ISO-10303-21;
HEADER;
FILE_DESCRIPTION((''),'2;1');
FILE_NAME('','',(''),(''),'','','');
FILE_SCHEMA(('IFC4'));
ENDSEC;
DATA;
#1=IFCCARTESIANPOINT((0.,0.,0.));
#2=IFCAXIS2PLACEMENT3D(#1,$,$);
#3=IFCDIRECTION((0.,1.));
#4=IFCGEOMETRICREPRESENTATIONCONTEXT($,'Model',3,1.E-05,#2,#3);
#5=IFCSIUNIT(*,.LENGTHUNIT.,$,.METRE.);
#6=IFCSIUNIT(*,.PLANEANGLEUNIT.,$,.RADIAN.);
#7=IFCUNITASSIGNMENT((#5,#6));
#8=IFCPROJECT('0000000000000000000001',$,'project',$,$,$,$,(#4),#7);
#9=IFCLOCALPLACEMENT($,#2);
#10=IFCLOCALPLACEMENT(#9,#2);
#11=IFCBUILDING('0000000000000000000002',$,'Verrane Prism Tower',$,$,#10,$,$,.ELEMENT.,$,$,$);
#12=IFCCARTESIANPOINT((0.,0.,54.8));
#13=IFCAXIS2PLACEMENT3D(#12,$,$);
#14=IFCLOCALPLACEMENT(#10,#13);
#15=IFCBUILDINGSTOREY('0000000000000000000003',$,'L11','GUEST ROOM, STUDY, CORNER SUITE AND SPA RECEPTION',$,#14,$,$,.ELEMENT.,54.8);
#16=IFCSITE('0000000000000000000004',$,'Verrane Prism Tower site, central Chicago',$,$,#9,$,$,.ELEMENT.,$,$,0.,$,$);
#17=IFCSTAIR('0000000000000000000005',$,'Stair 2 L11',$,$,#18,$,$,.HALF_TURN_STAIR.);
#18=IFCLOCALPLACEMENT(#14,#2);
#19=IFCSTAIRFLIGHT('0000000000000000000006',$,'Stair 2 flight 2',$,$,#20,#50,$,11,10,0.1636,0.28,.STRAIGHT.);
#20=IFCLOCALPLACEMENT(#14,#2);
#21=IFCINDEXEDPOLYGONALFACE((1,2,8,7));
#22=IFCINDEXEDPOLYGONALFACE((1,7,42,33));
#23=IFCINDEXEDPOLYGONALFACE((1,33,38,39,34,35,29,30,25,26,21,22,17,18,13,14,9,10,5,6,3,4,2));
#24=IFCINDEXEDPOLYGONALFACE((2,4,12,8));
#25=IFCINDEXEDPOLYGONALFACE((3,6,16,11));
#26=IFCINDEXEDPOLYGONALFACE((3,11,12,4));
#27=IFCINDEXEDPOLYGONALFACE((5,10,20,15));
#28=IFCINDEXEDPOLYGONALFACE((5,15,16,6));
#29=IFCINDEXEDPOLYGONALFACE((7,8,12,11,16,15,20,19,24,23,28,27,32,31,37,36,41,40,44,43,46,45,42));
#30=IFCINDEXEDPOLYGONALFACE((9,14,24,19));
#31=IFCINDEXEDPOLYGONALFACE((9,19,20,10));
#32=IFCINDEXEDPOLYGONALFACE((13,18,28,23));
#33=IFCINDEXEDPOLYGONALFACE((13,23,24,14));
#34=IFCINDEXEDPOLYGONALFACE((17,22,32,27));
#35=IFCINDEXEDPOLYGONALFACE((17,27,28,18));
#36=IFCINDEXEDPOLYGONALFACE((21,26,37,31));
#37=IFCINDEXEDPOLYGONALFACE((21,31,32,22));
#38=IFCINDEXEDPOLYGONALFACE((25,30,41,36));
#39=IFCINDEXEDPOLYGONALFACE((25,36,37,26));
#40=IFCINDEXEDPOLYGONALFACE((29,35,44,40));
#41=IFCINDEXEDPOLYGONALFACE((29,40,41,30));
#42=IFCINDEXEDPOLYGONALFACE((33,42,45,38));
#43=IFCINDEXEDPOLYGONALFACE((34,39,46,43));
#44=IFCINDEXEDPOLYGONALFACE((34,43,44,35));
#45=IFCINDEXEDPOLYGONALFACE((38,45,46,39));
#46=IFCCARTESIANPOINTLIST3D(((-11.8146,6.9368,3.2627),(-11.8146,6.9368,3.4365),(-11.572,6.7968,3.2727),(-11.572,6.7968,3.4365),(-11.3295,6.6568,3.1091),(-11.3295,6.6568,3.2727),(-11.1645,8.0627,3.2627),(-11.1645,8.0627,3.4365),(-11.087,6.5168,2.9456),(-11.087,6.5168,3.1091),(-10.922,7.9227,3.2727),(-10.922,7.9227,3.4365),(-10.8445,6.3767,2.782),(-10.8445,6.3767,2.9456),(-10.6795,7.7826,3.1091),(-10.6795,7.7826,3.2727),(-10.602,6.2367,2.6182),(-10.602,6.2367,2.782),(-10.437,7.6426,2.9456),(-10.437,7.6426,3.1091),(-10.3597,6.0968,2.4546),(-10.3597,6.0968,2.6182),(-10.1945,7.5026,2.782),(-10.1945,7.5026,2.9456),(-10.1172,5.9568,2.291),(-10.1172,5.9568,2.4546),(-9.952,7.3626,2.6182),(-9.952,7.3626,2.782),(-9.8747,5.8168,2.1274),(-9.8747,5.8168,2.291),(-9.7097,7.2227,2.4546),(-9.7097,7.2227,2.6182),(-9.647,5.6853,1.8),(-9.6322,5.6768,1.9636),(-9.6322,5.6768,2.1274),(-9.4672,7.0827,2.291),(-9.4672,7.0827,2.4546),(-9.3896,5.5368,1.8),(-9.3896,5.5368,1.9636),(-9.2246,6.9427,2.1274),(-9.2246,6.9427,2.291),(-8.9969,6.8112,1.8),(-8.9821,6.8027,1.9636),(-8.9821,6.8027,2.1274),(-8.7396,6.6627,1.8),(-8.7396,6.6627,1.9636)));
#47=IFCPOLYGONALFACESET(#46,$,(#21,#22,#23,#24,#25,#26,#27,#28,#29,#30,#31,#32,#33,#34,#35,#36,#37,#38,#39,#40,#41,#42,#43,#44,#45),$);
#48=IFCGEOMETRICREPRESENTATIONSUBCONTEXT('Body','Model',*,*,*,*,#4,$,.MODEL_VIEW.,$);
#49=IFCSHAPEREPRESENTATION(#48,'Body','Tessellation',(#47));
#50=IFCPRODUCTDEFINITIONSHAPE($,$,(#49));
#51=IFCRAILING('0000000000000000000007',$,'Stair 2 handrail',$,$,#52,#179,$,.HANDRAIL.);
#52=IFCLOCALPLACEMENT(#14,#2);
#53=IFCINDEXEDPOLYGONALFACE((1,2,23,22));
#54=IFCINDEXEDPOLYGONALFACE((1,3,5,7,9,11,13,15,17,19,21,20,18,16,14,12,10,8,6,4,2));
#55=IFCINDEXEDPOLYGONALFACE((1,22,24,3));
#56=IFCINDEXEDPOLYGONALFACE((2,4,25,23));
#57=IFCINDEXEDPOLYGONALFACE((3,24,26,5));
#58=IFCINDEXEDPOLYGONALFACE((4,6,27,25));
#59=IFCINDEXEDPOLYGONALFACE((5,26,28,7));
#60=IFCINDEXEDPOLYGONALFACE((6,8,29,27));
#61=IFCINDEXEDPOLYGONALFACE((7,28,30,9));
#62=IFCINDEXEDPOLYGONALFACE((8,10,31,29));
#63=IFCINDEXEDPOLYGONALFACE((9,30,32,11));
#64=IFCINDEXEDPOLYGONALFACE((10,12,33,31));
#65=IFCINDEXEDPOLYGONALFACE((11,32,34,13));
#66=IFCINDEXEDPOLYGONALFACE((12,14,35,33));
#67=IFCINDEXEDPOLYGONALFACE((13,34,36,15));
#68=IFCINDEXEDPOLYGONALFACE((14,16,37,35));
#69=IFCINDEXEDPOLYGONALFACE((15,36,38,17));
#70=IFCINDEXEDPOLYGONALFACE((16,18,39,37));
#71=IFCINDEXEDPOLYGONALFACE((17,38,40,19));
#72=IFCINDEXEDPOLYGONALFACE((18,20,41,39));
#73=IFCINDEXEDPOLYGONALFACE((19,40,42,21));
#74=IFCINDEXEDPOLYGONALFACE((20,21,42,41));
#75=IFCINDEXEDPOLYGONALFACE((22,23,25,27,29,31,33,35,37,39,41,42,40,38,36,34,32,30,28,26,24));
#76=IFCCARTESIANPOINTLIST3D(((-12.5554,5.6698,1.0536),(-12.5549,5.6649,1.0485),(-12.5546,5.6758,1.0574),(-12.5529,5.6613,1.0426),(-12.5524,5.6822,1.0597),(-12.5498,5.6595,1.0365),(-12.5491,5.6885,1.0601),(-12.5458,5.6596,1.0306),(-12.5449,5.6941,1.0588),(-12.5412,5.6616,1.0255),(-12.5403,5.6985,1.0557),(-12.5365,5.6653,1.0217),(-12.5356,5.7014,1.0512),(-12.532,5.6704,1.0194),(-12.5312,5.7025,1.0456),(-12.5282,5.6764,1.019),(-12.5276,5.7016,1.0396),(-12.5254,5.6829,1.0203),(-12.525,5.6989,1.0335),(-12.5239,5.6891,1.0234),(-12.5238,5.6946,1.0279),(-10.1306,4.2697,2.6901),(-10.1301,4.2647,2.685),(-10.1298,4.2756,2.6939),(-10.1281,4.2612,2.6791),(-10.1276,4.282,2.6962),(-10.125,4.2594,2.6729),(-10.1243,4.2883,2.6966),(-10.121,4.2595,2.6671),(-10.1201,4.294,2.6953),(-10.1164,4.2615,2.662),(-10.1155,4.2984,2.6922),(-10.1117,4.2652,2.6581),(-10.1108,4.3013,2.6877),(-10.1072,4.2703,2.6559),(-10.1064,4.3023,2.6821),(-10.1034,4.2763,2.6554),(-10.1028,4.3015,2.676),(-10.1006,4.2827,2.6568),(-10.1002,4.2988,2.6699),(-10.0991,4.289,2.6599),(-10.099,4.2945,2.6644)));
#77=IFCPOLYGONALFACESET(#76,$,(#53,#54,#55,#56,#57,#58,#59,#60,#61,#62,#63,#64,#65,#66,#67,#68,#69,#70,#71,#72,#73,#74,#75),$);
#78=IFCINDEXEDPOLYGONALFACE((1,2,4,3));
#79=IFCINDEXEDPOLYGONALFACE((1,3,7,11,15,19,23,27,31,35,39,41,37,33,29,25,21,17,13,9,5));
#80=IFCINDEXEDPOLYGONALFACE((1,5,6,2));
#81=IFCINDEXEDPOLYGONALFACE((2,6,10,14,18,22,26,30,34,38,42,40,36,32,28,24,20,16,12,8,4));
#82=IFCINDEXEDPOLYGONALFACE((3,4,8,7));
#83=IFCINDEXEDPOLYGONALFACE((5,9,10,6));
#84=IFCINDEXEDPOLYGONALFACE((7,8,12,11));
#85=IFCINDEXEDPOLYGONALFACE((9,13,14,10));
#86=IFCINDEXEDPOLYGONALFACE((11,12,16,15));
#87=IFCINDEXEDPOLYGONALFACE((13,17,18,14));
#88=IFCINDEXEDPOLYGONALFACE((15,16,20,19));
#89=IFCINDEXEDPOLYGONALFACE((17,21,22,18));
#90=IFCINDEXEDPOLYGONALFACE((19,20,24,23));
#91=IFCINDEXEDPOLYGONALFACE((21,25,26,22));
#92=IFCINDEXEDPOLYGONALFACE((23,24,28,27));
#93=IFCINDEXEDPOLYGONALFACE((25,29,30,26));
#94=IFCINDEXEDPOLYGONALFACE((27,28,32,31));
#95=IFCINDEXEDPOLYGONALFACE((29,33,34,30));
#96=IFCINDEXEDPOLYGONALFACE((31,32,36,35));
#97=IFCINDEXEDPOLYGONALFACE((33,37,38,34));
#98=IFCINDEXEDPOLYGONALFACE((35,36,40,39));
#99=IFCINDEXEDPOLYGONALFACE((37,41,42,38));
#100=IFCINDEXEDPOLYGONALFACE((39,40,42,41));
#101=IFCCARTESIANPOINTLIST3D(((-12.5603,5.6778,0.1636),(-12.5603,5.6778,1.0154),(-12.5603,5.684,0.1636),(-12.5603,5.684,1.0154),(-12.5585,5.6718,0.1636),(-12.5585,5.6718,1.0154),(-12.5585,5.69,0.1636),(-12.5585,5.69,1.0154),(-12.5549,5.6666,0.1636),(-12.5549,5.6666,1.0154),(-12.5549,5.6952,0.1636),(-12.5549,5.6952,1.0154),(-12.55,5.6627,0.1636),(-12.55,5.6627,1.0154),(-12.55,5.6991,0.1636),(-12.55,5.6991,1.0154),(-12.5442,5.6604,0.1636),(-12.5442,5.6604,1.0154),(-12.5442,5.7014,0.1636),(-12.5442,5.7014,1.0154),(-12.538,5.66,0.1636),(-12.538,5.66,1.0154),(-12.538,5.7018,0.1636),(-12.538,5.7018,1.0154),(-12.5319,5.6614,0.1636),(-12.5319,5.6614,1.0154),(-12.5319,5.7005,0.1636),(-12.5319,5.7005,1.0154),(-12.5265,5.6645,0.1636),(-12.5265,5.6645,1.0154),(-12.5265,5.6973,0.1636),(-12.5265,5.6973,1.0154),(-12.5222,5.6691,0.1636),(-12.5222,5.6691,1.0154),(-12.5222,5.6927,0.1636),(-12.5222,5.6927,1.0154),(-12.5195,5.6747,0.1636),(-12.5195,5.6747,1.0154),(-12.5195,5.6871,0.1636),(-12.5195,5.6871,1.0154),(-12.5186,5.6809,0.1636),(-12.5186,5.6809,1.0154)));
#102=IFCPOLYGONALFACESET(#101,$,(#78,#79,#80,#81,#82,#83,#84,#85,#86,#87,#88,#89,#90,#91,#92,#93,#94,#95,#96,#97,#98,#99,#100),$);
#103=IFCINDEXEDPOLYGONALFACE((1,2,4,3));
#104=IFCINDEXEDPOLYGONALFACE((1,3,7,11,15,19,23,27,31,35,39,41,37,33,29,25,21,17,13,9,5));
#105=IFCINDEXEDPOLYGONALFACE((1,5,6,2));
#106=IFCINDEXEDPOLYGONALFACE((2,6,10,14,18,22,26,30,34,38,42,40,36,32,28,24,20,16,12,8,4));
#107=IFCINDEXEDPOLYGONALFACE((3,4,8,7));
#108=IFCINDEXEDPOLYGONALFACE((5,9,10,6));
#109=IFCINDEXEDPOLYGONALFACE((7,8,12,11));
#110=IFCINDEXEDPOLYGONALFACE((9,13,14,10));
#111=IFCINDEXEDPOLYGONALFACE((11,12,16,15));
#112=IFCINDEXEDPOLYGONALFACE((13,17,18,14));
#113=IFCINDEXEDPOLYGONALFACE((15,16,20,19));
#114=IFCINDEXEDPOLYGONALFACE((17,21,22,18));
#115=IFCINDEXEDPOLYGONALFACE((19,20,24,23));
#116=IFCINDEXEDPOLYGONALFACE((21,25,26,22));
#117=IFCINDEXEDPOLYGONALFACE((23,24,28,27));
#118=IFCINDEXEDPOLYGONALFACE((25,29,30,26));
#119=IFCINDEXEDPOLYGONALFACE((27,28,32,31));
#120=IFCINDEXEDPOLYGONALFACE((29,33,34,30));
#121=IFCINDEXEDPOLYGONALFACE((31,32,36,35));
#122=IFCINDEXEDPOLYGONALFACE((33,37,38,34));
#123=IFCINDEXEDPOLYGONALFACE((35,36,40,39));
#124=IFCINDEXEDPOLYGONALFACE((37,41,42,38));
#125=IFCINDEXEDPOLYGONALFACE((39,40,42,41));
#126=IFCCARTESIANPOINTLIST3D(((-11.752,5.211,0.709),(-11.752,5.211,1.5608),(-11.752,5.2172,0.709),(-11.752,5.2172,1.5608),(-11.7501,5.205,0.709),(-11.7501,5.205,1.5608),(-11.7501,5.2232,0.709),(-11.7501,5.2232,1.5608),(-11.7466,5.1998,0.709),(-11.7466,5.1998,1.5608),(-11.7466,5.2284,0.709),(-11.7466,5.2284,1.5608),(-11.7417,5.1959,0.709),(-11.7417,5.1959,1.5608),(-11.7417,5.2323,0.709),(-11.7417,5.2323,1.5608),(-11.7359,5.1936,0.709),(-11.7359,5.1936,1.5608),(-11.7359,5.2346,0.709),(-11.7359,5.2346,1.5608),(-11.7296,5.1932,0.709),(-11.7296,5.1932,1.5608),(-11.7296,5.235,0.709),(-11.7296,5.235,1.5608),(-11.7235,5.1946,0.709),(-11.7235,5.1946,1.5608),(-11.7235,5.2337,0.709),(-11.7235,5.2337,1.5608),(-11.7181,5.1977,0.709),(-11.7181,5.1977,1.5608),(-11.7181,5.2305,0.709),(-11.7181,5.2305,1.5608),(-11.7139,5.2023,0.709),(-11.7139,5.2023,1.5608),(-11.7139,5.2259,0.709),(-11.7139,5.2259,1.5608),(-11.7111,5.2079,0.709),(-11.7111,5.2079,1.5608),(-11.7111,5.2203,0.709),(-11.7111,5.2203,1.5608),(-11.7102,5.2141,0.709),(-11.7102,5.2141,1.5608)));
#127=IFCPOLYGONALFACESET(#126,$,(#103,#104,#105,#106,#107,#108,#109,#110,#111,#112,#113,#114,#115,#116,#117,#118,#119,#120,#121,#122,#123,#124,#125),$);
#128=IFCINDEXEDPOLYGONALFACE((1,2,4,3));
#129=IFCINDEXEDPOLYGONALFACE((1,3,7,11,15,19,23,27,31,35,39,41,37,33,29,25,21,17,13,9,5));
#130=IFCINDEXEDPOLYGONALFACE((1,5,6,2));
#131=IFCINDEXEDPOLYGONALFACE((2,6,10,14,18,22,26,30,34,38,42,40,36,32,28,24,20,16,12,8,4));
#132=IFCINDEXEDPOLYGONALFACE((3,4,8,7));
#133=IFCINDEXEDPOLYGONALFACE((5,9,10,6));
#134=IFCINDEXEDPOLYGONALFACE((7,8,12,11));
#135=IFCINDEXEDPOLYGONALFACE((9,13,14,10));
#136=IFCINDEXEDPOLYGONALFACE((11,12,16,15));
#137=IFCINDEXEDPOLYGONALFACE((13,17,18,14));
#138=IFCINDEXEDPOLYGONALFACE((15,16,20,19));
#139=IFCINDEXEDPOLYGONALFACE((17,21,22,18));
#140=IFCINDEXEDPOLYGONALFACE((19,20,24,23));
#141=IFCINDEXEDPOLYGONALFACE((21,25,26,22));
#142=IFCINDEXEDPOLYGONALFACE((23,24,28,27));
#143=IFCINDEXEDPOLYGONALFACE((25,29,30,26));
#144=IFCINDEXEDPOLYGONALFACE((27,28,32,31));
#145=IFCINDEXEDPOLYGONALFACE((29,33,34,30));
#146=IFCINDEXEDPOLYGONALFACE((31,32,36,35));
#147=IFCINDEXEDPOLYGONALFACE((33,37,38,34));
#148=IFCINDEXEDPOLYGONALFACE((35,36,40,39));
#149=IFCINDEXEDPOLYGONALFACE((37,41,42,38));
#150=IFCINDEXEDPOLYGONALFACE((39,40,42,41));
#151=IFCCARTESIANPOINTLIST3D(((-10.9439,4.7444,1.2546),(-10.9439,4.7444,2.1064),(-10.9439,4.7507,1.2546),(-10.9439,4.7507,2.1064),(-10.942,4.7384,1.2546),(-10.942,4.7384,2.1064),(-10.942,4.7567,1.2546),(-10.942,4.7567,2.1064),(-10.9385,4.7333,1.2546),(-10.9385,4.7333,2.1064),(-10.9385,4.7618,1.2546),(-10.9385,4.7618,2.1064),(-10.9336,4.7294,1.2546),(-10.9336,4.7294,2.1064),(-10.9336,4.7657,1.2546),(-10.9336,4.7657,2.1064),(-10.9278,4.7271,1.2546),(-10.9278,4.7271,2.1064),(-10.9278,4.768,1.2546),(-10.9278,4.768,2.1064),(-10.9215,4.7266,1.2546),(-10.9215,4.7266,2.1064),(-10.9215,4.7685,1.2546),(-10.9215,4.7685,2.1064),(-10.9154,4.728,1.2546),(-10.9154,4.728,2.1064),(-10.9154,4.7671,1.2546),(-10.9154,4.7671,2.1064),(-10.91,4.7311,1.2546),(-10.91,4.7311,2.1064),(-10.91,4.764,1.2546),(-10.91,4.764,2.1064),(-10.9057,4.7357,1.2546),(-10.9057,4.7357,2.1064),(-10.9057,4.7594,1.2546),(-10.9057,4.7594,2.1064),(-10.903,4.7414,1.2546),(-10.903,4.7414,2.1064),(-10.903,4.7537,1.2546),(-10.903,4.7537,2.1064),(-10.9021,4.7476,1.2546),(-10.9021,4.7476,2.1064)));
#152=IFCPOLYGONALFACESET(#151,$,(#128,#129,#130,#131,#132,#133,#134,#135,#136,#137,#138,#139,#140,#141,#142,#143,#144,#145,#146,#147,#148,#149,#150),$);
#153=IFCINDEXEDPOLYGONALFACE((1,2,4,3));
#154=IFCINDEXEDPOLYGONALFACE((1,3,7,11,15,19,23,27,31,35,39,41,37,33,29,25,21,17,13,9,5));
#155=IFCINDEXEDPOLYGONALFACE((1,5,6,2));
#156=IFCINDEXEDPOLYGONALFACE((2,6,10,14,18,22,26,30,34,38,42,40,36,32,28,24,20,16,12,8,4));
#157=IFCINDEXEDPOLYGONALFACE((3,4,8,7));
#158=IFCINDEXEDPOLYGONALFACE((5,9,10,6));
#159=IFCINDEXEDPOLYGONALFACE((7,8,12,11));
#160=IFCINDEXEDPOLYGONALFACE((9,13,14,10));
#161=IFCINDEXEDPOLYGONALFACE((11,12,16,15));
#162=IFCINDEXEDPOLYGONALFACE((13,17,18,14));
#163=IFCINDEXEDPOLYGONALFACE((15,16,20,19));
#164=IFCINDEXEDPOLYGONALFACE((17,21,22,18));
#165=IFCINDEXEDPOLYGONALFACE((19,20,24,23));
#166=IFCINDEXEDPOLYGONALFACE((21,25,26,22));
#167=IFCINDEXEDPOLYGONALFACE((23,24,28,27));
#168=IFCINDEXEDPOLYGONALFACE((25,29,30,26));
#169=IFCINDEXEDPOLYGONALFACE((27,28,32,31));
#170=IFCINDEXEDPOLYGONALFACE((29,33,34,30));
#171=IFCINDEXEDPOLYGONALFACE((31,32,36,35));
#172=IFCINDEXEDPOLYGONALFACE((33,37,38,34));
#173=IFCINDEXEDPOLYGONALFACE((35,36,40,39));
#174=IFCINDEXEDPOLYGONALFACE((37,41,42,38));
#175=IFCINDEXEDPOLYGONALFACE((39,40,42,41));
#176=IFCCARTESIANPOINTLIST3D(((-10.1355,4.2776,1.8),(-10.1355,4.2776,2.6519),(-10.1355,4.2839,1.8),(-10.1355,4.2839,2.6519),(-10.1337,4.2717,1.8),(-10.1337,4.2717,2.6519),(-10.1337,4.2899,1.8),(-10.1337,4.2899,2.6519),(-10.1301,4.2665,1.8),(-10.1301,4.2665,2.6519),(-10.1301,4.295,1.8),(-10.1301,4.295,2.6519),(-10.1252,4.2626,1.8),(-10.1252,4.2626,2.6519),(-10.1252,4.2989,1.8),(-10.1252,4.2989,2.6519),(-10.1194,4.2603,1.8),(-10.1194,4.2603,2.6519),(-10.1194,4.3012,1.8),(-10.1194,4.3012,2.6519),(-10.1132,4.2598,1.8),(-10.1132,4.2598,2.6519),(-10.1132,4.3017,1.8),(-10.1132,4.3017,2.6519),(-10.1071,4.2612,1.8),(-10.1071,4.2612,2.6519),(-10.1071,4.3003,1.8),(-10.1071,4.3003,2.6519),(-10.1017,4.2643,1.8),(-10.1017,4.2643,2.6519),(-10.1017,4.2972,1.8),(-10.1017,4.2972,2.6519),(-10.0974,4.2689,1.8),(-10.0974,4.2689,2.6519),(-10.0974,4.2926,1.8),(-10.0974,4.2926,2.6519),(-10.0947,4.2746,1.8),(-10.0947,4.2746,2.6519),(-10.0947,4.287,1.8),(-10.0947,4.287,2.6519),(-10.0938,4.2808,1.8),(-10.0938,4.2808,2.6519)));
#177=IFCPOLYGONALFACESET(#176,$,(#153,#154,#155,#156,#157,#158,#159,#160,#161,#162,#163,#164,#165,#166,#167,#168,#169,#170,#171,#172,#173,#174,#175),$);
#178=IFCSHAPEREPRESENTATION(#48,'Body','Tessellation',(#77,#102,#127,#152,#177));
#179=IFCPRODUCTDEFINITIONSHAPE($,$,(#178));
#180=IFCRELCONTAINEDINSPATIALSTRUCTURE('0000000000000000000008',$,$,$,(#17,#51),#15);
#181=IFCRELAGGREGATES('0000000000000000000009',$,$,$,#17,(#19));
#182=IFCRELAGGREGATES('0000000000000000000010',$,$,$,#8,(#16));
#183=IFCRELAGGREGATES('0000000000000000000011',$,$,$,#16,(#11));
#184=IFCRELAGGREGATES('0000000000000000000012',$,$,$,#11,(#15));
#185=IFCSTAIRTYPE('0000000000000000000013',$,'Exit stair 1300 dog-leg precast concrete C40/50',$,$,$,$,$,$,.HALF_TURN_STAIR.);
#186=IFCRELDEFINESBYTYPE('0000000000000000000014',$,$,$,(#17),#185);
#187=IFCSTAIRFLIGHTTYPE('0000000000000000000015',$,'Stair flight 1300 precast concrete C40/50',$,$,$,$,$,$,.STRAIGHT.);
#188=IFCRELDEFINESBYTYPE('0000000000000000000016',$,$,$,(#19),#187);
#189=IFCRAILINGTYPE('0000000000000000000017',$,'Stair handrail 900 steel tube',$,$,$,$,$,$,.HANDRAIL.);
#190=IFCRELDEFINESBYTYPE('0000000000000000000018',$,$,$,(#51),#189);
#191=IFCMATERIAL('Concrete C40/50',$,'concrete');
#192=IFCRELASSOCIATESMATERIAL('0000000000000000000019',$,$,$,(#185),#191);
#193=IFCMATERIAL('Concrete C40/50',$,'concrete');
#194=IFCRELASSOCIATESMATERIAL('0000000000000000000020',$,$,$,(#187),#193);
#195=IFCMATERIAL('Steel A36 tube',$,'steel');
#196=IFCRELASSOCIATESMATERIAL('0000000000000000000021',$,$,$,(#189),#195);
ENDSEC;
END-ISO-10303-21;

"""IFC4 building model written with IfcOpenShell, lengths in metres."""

from ifc_helpers import new_model, si_unit, direction, frame, origin, origin_2d, place, context, subcontext, project, spatial, polyline, circle, outline, extrude, material, type_object, element, aggregate, save


model = new_model("IFC4")

# Units and contexts
model_context = context("Model", 3, precision=1e-05, world=origin(), true_north=direction((0.0, 1.0)))
body_context = subcontext(model_context, "Body", "Model", "MODEL_VIEW")
ifc_project = project(units=[si_unit("LENGTHUNIT", "METRE"), si_unit("PLANEANGLEUNIT", "RADIAN")], contexts=[model_context])

# Site, building, storey
site_placement = place(None, origin())
site = spatial("IfcSite", under=ifc_project, at=site_placement, Name="Verrane Prism Tower site, central Chicago", CompositionType="ELEMENT", RefElevation=0.0)
building_placement = place(site_placement, origin())
building = spatial("IfcBuilding", under=site, at=building_placement, Name="Verrane Prism Tower", CompositionType="ELEMENT")
storey_placement = place(building_placement, frame((0.0, 0.0, 54.8)))
storey = spatial("IfcBuildingStorey", under=building, at=storey_placement, Name="L11", Description="GUEST ROOM, STUDY, CORNER SUITE AND SPA RECEPTION", CompositionType="ELEMENT", Elevation=54.8)

# Stair, stair flight
ifc_material_1 = material(Name="Concrete C40/50", Category="concrete")
stair_type = type_object("IfcStairType", Name="Exit stair 1300 dog-leg precast concrete C40/50", PredefinedType="HALF_TURN_STAIR", material=ifc_material_1)
stair_placement = place(storey_placement, origin())
stair = element("IfcStair", 1, at=stair_placement, inside=storey, type_object=stair_type, Name="Stair 2 L11", PredefinedType="HALF_TURN_STAIR")
ifc_material_2 = material(Name="Concrete C40/50", Category="concrete")
stair_flight_type = type_object("IfcStairFlightType", Name="Stair flight 1300 precast concrete C40/50", PredefinedType="STRAIGHT", material=ifc_material_2)
stair_flight_1_placement = place(storey_placement, frame((-9.0647, 6.0996, 1.8), z_axis=(0.0, 0.0, 1.0), x_axis=(-0.866025, 0.5, 0.0)))
stair_flight_1 = element("IfcStairFlight", 2, at=stair_flight_1_placement, type_object=stair_flight_type, Name="Stair 2 flight 2", NumberOfRisers=11, NumberOfTreads=10, PredefinedType="STRAIGHT", RiserHeight=0.1636, TreadLength=0.28, context=body_context, shape_type="SweptSolid", body=[
    extrude(outline(polyline([(0.0, 0.0), (0.0, 0.1636), (0.28, 0.1636), (0.28, 0.3274), (0.5601, 0.3274), (0.5601, 0.491), (0.8401, 0.491), (0.8401, 0.6545), (1.1201, 0.6545), (1.1201, 0.8181), (1.3999, 0.8181), (1.3999, 0.9819), (1.6799, 0.9819), (1.6799, 1.1455), (1.96, 1.1455), (1.96, 1.3091), (2.24, 1.3091), (2.24, 1.4727), (2.52, 1.4727), (2.52, 1.6365), (2.8, 1.6365), (2.8, 1.8), (2.8, 1.4626), (0.2971, 0.0), (0.0, 0.0)])), frame((0.0, 0.6499, 0.0), z_axis=(0.0, -1.0, 0.0), x_axis=(1.0, 0.0, 0.0)), (0.0, 0.0, 1.0), 1.3),
])
aggregate(stair, [stair_flight_1])

# Railing
ifc_material_3 = material(Name="Steel A36 tube", Category="steel")
railing_type_1 = type_object("IfcRailingType", Name="Stair handrail 900 steel tube", PredefinedType="HANDRAIL", material=ifc_material_3)
railing_1_placement = place(storey_placement, frame((-12.5396, 5.6809, 0.1636)))
element("IfcRailing", 3, at=railing_1_placement, inside=storey, type_object=railing_type_1, Name="Stair 2 handrail", PredefinedType="HANDRAIL", context=body_context, shape_type="SweptSolid", body=[
    extrude(circle(Radius=0.0239, at=origin_2d()), frame((0.0, 0.0, 0.876), z_axis=(0.747666, -0.431722, 0.504591), x_axis=(0.50005, 0.865997, 0.0)), (0.0, 0.0, 1.0), 3.2432),
    extrude(circle(Radius=0.021, at=origin_2d()), origin(), (0.0, 0.0, 1.0), 0.8518),
    extrude(circle(Radius=0.021, at=origin_2d()), frame((0.8083, -0.4668, 0.5454)), (0.0, 0.0, 1.0), 0.8518),
    extrude(circle(Radius=0.021, at=origin_2d()), frame((1.6165, -0.9333, 1.0911)), (0.0, 0.0, 1.0), 0.8518),
    extrude(circle(Radius=0.021, at=origin_2d()), frame((2.4248, -1.4001, 1.6365)), (0.0, 0.0, 1.0), 0.8518),
])

save(model, "model.ifc")
